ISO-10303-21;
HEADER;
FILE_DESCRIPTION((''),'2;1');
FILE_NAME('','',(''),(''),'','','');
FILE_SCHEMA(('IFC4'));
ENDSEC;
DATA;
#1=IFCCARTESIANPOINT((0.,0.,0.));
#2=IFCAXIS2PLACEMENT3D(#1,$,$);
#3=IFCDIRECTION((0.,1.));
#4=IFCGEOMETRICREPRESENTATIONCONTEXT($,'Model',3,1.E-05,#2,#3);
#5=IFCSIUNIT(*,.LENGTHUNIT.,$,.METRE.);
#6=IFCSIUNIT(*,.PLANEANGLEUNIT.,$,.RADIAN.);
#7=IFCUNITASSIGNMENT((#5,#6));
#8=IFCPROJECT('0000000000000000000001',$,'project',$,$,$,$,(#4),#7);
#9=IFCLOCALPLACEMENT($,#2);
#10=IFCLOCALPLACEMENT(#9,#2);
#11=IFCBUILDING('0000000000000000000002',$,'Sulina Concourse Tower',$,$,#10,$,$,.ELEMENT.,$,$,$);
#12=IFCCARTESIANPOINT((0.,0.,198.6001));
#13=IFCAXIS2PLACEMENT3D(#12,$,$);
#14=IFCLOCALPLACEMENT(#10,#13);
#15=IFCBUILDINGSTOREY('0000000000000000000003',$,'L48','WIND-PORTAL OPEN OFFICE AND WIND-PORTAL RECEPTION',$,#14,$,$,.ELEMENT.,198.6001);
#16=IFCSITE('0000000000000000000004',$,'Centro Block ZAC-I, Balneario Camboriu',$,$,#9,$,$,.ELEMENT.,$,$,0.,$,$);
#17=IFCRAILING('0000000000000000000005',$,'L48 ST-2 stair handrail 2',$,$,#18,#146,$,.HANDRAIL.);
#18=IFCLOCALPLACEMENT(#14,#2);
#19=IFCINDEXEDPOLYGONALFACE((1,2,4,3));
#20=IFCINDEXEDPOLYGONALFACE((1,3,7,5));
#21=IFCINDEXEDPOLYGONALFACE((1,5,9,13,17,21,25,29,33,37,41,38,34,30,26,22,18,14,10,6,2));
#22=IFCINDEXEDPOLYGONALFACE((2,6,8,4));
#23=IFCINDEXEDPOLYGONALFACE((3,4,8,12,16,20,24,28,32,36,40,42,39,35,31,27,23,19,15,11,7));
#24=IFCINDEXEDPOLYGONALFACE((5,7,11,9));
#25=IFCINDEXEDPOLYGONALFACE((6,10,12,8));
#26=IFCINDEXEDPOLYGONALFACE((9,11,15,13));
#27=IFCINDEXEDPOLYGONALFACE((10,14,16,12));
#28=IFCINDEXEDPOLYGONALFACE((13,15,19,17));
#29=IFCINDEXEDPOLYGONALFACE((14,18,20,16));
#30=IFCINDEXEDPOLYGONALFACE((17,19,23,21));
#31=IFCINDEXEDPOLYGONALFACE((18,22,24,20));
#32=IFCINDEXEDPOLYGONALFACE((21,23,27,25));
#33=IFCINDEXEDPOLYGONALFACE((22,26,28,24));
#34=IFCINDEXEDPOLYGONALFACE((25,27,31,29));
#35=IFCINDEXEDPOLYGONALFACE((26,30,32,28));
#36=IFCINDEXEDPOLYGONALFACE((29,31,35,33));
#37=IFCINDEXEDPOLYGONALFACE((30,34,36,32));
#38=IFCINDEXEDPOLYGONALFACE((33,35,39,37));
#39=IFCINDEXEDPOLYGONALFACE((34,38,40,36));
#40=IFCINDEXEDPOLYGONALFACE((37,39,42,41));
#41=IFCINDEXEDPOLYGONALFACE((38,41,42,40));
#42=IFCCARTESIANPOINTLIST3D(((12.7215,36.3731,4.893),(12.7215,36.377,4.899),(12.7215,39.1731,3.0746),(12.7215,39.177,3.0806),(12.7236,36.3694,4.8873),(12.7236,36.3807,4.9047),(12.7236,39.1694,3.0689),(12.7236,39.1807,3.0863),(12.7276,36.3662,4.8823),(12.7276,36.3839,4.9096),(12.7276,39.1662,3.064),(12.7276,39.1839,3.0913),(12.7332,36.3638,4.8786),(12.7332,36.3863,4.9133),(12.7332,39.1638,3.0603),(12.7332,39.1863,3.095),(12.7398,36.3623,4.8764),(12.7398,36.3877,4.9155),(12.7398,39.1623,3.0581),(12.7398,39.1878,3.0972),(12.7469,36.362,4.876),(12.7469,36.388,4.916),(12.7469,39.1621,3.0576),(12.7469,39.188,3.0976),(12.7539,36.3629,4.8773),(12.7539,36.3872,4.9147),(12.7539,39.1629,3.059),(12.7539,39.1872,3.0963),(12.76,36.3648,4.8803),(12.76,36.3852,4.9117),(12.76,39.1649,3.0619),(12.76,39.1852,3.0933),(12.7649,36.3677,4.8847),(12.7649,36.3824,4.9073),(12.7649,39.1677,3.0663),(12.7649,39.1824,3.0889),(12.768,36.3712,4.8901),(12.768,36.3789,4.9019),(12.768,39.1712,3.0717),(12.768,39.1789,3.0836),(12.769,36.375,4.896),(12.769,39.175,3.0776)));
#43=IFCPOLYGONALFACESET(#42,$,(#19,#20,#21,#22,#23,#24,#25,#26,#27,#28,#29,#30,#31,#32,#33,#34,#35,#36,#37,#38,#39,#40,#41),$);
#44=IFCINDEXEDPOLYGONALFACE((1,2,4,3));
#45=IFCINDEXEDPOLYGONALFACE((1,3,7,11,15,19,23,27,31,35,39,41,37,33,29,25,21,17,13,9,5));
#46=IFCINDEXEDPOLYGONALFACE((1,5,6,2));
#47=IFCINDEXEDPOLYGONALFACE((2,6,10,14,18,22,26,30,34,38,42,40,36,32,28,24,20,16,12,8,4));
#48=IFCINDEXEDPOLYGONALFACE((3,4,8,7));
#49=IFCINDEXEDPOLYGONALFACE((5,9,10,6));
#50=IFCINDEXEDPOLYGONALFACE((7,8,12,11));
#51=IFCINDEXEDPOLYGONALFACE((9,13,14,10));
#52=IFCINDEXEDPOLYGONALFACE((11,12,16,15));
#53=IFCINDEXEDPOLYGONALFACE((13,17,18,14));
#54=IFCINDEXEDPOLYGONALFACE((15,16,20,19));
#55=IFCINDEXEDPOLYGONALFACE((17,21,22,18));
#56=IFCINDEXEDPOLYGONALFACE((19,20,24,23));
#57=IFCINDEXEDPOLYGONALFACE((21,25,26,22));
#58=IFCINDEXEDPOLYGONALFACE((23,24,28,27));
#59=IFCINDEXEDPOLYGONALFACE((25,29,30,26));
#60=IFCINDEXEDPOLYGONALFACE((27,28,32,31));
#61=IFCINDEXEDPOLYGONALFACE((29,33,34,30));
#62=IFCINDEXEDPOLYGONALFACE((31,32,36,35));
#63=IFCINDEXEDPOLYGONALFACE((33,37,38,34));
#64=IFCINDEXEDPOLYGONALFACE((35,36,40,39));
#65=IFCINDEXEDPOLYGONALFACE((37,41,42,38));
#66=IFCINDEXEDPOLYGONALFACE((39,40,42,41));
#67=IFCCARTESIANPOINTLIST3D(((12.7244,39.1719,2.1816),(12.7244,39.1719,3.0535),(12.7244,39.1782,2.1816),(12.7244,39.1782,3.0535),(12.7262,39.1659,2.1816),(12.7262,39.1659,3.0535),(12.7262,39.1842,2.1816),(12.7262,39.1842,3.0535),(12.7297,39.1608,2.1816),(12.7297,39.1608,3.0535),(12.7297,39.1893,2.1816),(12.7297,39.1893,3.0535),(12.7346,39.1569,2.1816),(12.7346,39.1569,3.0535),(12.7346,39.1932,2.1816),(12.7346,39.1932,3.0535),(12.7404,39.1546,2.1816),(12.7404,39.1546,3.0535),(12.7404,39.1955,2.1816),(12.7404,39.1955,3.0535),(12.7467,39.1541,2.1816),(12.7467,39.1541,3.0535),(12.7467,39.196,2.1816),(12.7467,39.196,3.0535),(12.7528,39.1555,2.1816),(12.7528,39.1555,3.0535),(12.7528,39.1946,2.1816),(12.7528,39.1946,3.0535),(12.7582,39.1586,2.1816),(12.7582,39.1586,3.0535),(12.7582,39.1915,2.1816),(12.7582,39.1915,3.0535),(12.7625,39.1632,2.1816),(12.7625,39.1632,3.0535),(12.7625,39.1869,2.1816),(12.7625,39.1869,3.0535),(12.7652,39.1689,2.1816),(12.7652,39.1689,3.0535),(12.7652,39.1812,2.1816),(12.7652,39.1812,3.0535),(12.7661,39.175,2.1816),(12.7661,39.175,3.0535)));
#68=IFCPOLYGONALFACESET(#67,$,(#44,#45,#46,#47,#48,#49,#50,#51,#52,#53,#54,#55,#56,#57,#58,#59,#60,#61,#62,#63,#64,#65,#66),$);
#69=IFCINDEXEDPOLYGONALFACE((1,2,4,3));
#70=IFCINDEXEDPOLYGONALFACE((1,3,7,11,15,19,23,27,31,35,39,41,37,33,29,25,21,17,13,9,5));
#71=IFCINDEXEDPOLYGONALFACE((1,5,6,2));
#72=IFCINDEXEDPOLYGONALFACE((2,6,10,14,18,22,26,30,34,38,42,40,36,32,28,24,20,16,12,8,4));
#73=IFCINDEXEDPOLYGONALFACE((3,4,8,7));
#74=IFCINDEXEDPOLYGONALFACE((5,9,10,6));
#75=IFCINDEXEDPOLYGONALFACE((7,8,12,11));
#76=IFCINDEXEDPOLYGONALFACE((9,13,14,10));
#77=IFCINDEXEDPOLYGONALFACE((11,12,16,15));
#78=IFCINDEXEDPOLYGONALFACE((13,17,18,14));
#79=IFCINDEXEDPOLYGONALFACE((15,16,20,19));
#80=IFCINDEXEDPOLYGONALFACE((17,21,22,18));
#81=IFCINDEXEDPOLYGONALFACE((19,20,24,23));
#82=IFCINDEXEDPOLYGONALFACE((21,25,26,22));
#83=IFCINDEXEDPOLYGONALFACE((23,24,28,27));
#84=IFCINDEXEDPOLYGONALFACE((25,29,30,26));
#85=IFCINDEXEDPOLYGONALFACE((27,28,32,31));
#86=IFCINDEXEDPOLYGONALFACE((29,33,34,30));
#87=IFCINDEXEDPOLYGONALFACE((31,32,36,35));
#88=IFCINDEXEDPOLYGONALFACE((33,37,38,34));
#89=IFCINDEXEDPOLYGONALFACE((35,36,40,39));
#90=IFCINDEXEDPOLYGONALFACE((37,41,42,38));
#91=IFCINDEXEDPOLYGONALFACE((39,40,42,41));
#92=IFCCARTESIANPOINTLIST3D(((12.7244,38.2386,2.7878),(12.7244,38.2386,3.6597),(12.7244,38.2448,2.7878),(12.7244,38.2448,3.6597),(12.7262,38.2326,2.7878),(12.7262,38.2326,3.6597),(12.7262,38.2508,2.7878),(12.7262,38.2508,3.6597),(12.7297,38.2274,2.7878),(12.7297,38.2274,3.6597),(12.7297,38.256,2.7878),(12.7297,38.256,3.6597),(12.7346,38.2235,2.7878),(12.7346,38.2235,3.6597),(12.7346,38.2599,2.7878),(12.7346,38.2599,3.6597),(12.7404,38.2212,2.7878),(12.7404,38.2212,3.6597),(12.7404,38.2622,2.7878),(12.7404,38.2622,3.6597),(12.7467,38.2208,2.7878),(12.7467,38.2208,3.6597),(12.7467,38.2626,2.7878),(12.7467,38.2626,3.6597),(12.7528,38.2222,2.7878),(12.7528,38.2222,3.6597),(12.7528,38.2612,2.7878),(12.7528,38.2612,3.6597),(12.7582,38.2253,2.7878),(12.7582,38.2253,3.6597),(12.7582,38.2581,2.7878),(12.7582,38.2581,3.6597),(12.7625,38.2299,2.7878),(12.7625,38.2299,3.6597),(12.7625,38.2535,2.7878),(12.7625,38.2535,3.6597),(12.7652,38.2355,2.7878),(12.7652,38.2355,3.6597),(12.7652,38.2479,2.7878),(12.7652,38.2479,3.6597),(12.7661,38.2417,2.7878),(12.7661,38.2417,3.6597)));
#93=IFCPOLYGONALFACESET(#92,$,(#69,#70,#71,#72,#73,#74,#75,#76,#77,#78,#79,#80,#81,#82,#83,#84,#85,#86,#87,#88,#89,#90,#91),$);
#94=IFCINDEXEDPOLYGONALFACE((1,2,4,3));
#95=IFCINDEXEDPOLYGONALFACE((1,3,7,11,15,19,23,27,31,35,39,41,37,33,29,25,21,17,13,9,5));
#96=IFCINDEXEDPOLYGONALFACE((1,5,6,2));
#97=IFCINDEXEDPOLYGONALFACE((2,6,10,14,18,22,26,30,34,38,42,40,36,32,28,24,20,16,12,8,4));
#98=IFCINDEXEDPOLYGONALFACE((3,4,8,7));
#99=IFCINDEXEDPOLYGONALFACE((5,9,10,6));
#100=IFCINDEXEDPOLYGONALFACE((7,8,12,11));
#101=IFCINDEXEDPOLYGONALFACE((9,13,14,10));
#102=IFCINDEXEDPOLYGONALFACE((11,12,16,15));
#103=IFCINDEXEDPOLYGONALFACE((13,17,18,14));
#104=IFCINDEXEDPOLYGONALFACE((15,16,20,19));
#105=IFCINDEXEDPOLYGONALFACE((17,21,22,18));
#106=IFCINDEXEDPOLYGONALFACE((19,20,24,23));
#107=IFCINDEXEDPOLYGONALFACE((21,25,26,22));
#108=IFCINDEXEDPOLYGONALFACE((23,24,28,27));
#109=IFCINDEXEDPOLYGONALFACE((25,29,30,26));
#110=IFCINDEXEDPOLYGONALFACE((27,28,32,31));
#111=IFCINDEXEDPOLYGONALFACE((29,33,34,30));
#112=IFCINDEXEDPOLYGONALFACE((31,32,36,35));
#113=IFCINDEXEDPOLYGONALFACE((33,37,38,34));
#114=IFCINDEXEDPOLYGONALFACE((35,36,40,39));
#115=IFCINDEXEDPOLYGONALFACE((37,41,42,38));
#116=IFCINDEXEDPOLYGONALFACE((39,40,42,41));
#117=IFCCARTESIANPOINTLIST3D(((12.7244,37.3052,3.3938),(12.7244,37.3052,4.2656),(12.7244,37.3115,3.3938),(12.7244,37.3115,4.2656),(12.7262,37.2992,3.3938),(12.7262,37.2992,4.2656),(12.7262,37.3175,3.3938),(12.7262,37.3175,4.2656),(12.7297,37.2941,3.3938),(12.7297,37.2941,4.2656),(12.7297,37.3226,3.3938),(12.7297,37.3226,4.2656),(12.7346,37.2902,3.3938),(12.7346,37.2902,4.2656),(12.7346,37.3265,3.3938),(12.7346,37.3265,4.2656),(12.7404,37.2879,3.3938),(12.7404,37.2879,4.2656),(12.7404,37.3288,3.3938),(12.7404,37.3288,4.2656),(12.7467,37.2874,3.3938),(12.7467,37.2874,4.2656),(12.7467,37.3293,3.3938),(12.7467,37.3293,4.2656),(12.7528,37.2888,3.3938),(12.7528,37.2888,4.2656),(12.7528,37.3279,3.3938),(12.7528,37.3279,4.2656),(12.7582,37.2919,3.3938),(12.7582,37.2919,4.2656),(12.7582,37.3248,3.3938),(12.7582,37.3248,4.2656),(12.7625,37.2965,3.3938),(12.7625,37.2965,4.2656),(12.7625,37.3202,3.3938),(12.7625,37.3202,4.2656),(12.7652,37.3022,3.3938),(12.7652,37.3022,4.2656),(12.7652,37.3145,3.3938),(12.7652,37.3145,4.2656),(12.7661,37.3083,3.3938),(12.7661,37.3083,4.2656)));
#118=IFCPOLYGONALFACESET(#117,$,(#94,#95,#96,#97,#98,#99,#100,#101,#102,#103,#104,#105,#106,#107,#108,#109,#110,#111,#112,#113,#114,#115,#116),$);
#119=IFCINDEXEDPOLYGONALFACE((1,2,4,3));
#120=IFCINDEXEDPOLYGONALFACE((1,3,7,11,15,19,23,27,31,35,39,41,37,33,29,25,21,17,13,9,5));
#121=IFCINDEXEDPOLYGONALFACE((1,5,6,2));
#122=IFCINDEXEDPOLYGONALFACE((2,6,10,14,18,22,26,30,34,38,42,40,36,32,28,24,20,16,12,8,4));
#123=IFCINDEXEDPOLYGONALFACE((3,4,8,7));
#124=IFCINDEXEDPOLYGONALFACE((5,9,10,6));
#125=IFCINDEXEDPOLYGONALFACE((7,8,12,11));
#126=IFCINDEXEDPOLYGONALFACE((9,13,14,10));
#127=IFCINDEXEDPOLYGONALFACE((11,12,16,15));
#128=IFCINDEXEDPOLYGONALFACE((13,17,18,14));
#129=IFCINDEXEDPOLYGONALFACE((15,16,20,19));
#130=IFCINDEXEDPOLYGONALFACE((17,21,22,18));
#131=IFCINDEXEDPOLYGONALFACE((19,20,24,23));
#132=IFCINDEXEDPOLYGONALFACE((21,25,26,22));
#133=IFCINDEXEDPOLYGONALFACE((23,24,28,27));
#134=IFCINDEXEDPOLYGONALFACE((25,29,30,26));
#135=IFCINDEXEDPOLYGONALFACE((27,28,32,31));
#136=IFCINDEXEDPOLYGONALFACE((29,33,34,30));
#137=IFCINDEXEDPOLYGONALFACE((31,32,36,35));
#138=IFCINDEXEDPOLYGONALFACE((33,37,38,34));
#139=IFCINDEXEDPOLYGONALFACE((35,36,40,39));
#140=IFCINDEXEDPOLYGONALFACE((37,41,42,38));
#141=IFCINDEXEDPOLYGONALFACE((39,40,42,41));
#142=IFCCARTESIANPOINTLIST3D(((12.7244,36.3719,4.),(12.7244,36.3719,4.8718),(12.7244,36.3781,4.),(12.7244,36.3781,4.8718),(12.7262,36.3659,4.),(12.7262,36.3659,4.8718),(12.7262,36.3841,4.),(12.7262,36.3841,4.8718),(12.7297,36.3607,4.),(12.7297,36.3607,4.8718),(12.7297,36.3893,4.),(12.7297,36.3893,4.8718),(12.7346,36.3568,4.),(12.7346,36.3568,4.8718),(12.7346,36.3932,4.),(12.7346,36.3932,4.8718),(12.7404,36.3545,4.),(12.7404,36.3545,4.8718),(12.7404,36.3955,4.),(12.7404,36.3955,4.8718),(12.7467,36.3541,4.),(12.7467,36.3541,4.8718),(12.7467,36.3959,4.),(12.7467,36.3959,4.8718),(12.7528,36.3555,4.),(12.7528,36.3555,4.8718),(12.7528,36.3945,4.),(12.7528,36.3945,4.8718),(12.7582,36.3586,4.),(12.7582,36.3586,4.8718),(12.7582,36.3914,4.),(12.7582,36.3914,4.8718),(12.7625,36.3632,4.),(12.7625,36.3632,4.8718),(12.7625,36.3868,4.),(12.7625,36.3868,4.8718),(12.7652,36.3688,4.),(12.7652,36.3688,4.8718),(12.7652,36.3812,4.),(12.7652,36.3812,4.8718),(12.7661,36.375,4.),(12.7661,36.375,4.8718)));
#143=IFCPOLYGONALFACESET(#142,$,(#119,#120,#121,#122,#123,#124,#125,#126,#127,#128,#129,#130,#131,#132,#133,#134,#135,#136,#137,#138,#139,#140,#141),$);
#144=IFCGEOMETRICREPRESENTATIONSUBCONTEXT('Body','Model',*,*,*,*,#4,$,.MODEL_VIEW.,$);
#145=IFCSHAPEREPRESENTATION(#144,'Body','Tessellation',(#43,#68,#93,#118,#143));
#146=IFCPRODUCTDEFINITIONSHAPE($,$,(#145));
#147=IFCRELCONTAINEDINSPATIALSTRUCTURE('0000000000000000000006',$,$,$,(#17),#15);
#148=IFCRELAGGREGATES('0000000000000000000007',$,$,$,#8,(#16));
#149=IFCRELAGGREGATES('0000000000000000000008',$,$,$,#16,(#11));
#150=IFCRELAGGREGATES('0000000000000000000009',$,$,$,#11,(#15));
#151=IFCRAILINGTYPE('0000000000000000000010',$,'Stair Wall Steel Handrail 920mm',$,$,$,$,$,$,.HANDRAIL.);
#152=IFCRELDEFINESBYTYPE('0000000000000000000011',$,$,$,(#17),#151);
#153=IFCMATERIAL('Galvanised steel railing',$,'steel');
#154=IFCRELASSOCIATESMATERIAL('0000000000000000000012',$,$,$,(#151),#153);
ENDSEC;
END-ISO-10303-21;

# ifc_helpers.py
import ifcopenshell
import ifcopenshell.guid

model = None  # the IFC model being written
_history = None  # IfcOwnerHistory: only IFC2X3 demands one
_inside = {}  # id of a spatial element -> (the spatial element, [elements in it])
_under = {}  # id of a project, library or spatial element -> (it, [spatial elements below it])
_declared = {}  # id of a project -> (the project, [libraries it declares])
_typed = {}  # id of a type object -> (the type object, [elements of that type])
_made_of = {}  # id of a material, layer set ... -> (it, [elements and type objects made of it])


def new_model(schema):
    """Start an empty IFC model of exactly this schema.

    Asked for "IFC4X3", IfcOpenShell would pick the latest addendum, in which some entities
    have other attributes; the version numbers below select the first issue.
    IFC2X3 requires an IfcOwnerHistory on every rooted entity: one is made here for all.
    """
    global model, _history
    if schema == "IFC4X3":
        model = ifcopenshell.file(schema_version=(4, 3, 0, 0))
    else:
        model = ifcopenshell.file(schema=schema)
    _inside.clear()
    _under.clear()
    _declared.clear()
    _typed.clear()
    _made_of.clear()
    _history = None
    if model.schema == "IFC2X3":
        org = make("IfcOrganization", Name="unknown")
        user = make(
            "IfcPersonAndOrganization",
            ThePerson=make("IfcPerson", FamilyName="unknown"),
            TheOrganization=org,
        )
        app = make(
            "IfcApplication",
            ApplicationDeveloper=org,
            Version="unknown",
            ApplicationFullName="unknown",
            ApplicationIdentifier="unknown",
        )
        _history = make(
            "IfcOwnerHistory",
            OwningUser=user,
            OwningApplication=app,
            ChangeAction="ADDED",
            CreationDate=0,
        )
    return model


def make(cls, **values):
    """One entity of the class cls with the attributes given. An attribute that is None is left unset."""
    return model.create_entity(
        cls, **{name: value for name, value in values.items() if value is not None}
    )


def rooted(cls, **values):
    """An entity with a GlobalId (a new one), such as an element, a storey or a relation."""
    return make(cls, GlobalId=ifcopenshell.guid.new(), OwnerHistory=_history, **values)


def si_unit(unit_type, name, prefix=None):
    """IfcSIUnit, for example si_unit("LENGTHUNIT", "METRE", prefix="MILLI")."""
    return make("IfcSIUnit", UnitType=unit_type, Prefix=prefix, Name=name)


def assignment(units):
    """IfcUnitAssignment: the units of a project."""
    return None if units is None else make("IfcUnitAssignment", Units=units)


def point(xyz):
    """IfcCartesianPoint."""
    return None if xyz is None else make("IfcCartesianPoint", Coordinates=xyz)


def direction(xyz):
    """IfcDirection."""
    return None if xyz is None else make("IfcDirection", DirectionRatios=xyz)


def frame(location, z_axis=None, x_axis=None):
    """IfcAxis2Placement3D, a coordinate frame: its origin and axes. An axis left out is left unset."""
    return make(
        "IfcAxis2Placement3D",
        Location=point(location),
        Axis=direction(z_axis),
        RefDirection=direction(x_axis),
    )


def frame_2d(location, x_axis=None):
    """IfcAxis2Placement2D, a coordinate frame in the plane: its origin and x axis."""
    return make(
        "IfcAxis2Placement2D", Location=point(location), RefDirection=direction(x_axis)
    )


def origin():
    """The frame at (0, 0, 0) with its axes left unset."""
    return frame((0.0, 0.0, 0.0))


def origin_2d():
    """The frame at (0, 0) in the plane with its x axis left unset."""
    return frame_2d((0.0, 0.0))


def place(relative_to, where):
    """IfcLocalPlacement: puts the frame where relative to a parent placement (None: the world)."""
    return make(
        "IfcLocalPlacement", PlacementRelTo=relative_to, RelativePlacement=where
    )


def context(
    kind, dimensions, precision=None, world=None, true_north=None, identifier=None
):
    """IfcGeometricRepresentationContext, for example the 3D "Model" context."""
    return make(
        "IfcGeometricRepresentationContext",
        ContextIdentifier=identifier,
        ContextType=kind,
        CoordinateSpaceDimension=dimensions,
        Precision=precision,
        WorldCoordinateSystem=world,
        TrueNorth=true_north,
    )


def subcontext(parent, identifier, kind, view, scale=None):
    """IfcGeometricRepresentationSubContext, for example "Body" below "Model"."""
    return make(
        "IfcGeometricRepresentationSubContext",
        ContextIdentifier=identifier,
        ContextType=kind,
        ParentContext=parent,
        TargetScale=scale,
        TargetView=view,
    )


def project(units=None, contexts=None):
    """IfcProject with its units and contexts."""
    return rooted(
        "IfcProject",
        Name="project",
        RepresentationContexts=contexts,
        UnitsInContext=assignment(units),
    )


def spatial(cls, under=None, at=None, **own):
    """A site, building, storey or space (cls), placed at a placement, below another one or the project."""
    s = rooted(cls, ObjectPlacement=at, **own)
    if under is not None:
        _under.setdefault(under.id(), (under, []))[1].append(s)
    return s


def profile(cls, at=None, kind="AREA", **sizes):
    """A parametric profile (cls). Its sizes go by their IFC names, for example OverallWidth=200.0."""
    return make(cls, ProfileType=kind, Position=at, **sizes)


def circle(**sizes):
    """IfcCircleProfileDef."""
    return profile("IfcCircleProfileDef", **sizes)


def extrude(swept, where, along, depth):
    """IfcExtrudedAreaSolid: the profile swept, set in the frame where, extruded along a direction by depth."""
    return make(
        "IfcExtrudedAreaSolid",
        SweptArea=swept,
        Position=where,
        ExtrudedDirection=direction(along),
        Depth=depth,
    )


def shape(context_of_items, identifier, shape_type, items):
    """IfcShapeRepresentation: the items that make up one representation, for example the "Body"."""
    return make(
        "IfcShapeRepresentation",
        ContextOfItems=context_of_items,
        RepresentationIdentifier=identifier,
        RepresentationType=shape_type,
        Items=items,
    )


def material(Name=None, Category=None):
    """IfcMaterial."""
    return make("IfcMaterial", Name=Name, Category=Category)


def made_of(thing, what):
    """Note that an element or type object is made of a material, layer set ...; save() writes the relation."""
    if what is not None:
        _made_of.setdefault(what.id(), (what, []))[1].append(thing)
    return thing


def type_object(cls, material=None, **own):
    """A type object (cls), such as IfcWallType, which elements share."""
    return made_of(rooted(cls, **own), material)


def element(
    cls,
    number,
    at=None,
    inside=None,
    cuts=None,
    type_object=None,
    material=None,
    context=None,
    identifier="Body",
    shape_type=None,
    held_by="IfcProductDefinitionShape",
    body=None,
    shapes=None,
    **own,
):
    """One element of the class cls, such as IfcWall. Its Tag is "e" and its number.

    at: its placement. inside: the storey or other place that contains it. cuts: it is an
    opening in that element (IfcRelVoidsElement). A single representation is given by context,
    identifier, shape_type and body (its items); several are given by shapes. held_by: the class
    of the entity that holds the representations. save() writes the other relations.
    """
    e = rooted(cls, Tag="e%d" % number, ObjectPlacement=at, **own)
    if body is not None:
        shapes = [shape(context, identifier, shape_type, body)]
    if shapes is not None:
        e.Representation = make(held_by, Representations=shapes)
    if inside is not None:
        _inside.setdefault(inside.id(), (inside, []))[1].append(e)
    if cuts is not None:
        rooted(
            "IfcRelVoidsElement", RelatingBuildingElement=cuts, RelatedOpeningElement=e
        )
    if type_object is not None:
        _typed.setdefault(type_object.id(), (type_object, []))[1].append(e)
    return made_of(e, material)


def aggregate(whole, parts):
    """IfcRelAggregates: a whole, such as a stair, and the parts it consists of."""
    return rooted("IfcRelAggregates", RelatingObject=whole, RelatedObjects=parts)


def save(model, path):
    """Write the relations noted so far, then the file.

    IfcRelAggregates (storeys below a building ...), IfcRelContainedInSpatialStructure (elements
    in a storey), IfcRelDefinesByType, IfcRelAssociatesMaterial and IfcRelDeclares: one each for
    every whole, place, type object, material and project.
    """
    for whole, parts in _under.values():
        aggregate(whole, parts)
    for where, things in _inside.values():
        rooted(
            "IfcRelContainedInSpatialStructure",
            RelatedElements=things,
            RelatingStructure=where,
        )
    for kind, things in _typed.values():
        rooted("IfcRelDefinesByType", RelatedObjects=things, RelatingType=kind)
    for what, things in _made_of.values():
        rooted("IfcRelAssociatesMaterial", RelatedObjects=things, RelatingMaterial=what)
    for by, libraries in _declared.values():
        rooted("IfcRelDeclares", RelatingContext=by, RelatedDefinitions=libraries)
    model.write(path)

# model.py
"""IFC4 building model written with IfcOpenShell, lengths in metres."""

from ifc_helpers import new_model, si_unit, direction, frame, origin, origin_2d, place, context, subcontext, project, spatial, circle, extrude, material, type_object, element, save


model = new_model("IFC4")

# Units and contexts
model_context = context("Model", 3, precision=1e-05, world=origin(), true_north=direction((0.0, 1.0)))
body_context = subcontext(model_context, "Body", "Model", "MODEL_VIEW")
ifc_project = project(units=[si_unit("LENGTHUNIT", "METRE"), si_unit("PLANEANGLEUNIT", "RADIAN")], contexts=[model_context])

# Site, building, storey
site_placement = place(None, origin())
site = spatial("IfcSite", under=ifc_project, at=site_placement, Name="Centro Block ZAC-I, Balneario Camboriu", CompositionType="ELEMENT", RefElevation=0.0)
building_placement = place(site_placement, origin())
building = spatial("IfcBuilding", under=site, at=building_placement, Name="Sulina Concourse Tower", CompositionType="ELEMENT")
storey_placement = place(building_placement, frame((0.0, 0.0, 198.6001)))
storey = spatial("IfcBuildingStorey", under=building, at=storey_placement, Name="L48", Description="WIND-PORTAL OPEN OFFICE AND WIND-PORTAL RECEPTION", CompositionType="ELEMENT", Elevation=198.6001)

# Railing
ifc_material_1 = material(Name="Galvanised steel railing", Category="steel")
railing_type_1 = type_object("IfcRailingType", Name="Stair Wall Steel Handrail 920mm", PredefinedType="HANDRAIL", material=ifc_material_1)
railing_1_placement = place(storey_placement, frame((12.7451, 39.175, 2.1816)))
element("IfcRailing", 1, at=railing_1_placement, inside=storey, type_object=railing_type_1, Name="L48 ST-2 stair handrail 2", PredefinedType="HANDRAIL", context=body_context, shape_type="SweptSolid", body=[
    extrude(circle(Radius=0.0239, at=origin_2d()), frame((0.0, 0.0, 0.896), z_axis=(0.0, -0.838672, 0.544636), x_axis=(1.0, 0.0, 0.0)), (0.0, 0.0, 1.0), 3.3386),
    extrude(circle(Radius=0.021, at=origin_2d()), origin(), (0.0, 0.0, 1.0), 0.8718),
    extrude(circle(Radius=0.021, at=origin_2d()), frame((0.0, -0.9333, 0.6062)), (0.0, 0.0, 1.0), 0.8718),
    extrude(circle(Radius=0.021, at=origin_2d()), frame((0.0, -1.8667, 1.2122)), (0.0, 0.0, 1.0), 0.8718),
    extrude(circle(Radius=0.021, at=origin_2d()), frame((0.0, -2.8, 1.8184)), (0.0, 0.0, 1.0), 0.8718),
])

save(model, "model.ifc")
